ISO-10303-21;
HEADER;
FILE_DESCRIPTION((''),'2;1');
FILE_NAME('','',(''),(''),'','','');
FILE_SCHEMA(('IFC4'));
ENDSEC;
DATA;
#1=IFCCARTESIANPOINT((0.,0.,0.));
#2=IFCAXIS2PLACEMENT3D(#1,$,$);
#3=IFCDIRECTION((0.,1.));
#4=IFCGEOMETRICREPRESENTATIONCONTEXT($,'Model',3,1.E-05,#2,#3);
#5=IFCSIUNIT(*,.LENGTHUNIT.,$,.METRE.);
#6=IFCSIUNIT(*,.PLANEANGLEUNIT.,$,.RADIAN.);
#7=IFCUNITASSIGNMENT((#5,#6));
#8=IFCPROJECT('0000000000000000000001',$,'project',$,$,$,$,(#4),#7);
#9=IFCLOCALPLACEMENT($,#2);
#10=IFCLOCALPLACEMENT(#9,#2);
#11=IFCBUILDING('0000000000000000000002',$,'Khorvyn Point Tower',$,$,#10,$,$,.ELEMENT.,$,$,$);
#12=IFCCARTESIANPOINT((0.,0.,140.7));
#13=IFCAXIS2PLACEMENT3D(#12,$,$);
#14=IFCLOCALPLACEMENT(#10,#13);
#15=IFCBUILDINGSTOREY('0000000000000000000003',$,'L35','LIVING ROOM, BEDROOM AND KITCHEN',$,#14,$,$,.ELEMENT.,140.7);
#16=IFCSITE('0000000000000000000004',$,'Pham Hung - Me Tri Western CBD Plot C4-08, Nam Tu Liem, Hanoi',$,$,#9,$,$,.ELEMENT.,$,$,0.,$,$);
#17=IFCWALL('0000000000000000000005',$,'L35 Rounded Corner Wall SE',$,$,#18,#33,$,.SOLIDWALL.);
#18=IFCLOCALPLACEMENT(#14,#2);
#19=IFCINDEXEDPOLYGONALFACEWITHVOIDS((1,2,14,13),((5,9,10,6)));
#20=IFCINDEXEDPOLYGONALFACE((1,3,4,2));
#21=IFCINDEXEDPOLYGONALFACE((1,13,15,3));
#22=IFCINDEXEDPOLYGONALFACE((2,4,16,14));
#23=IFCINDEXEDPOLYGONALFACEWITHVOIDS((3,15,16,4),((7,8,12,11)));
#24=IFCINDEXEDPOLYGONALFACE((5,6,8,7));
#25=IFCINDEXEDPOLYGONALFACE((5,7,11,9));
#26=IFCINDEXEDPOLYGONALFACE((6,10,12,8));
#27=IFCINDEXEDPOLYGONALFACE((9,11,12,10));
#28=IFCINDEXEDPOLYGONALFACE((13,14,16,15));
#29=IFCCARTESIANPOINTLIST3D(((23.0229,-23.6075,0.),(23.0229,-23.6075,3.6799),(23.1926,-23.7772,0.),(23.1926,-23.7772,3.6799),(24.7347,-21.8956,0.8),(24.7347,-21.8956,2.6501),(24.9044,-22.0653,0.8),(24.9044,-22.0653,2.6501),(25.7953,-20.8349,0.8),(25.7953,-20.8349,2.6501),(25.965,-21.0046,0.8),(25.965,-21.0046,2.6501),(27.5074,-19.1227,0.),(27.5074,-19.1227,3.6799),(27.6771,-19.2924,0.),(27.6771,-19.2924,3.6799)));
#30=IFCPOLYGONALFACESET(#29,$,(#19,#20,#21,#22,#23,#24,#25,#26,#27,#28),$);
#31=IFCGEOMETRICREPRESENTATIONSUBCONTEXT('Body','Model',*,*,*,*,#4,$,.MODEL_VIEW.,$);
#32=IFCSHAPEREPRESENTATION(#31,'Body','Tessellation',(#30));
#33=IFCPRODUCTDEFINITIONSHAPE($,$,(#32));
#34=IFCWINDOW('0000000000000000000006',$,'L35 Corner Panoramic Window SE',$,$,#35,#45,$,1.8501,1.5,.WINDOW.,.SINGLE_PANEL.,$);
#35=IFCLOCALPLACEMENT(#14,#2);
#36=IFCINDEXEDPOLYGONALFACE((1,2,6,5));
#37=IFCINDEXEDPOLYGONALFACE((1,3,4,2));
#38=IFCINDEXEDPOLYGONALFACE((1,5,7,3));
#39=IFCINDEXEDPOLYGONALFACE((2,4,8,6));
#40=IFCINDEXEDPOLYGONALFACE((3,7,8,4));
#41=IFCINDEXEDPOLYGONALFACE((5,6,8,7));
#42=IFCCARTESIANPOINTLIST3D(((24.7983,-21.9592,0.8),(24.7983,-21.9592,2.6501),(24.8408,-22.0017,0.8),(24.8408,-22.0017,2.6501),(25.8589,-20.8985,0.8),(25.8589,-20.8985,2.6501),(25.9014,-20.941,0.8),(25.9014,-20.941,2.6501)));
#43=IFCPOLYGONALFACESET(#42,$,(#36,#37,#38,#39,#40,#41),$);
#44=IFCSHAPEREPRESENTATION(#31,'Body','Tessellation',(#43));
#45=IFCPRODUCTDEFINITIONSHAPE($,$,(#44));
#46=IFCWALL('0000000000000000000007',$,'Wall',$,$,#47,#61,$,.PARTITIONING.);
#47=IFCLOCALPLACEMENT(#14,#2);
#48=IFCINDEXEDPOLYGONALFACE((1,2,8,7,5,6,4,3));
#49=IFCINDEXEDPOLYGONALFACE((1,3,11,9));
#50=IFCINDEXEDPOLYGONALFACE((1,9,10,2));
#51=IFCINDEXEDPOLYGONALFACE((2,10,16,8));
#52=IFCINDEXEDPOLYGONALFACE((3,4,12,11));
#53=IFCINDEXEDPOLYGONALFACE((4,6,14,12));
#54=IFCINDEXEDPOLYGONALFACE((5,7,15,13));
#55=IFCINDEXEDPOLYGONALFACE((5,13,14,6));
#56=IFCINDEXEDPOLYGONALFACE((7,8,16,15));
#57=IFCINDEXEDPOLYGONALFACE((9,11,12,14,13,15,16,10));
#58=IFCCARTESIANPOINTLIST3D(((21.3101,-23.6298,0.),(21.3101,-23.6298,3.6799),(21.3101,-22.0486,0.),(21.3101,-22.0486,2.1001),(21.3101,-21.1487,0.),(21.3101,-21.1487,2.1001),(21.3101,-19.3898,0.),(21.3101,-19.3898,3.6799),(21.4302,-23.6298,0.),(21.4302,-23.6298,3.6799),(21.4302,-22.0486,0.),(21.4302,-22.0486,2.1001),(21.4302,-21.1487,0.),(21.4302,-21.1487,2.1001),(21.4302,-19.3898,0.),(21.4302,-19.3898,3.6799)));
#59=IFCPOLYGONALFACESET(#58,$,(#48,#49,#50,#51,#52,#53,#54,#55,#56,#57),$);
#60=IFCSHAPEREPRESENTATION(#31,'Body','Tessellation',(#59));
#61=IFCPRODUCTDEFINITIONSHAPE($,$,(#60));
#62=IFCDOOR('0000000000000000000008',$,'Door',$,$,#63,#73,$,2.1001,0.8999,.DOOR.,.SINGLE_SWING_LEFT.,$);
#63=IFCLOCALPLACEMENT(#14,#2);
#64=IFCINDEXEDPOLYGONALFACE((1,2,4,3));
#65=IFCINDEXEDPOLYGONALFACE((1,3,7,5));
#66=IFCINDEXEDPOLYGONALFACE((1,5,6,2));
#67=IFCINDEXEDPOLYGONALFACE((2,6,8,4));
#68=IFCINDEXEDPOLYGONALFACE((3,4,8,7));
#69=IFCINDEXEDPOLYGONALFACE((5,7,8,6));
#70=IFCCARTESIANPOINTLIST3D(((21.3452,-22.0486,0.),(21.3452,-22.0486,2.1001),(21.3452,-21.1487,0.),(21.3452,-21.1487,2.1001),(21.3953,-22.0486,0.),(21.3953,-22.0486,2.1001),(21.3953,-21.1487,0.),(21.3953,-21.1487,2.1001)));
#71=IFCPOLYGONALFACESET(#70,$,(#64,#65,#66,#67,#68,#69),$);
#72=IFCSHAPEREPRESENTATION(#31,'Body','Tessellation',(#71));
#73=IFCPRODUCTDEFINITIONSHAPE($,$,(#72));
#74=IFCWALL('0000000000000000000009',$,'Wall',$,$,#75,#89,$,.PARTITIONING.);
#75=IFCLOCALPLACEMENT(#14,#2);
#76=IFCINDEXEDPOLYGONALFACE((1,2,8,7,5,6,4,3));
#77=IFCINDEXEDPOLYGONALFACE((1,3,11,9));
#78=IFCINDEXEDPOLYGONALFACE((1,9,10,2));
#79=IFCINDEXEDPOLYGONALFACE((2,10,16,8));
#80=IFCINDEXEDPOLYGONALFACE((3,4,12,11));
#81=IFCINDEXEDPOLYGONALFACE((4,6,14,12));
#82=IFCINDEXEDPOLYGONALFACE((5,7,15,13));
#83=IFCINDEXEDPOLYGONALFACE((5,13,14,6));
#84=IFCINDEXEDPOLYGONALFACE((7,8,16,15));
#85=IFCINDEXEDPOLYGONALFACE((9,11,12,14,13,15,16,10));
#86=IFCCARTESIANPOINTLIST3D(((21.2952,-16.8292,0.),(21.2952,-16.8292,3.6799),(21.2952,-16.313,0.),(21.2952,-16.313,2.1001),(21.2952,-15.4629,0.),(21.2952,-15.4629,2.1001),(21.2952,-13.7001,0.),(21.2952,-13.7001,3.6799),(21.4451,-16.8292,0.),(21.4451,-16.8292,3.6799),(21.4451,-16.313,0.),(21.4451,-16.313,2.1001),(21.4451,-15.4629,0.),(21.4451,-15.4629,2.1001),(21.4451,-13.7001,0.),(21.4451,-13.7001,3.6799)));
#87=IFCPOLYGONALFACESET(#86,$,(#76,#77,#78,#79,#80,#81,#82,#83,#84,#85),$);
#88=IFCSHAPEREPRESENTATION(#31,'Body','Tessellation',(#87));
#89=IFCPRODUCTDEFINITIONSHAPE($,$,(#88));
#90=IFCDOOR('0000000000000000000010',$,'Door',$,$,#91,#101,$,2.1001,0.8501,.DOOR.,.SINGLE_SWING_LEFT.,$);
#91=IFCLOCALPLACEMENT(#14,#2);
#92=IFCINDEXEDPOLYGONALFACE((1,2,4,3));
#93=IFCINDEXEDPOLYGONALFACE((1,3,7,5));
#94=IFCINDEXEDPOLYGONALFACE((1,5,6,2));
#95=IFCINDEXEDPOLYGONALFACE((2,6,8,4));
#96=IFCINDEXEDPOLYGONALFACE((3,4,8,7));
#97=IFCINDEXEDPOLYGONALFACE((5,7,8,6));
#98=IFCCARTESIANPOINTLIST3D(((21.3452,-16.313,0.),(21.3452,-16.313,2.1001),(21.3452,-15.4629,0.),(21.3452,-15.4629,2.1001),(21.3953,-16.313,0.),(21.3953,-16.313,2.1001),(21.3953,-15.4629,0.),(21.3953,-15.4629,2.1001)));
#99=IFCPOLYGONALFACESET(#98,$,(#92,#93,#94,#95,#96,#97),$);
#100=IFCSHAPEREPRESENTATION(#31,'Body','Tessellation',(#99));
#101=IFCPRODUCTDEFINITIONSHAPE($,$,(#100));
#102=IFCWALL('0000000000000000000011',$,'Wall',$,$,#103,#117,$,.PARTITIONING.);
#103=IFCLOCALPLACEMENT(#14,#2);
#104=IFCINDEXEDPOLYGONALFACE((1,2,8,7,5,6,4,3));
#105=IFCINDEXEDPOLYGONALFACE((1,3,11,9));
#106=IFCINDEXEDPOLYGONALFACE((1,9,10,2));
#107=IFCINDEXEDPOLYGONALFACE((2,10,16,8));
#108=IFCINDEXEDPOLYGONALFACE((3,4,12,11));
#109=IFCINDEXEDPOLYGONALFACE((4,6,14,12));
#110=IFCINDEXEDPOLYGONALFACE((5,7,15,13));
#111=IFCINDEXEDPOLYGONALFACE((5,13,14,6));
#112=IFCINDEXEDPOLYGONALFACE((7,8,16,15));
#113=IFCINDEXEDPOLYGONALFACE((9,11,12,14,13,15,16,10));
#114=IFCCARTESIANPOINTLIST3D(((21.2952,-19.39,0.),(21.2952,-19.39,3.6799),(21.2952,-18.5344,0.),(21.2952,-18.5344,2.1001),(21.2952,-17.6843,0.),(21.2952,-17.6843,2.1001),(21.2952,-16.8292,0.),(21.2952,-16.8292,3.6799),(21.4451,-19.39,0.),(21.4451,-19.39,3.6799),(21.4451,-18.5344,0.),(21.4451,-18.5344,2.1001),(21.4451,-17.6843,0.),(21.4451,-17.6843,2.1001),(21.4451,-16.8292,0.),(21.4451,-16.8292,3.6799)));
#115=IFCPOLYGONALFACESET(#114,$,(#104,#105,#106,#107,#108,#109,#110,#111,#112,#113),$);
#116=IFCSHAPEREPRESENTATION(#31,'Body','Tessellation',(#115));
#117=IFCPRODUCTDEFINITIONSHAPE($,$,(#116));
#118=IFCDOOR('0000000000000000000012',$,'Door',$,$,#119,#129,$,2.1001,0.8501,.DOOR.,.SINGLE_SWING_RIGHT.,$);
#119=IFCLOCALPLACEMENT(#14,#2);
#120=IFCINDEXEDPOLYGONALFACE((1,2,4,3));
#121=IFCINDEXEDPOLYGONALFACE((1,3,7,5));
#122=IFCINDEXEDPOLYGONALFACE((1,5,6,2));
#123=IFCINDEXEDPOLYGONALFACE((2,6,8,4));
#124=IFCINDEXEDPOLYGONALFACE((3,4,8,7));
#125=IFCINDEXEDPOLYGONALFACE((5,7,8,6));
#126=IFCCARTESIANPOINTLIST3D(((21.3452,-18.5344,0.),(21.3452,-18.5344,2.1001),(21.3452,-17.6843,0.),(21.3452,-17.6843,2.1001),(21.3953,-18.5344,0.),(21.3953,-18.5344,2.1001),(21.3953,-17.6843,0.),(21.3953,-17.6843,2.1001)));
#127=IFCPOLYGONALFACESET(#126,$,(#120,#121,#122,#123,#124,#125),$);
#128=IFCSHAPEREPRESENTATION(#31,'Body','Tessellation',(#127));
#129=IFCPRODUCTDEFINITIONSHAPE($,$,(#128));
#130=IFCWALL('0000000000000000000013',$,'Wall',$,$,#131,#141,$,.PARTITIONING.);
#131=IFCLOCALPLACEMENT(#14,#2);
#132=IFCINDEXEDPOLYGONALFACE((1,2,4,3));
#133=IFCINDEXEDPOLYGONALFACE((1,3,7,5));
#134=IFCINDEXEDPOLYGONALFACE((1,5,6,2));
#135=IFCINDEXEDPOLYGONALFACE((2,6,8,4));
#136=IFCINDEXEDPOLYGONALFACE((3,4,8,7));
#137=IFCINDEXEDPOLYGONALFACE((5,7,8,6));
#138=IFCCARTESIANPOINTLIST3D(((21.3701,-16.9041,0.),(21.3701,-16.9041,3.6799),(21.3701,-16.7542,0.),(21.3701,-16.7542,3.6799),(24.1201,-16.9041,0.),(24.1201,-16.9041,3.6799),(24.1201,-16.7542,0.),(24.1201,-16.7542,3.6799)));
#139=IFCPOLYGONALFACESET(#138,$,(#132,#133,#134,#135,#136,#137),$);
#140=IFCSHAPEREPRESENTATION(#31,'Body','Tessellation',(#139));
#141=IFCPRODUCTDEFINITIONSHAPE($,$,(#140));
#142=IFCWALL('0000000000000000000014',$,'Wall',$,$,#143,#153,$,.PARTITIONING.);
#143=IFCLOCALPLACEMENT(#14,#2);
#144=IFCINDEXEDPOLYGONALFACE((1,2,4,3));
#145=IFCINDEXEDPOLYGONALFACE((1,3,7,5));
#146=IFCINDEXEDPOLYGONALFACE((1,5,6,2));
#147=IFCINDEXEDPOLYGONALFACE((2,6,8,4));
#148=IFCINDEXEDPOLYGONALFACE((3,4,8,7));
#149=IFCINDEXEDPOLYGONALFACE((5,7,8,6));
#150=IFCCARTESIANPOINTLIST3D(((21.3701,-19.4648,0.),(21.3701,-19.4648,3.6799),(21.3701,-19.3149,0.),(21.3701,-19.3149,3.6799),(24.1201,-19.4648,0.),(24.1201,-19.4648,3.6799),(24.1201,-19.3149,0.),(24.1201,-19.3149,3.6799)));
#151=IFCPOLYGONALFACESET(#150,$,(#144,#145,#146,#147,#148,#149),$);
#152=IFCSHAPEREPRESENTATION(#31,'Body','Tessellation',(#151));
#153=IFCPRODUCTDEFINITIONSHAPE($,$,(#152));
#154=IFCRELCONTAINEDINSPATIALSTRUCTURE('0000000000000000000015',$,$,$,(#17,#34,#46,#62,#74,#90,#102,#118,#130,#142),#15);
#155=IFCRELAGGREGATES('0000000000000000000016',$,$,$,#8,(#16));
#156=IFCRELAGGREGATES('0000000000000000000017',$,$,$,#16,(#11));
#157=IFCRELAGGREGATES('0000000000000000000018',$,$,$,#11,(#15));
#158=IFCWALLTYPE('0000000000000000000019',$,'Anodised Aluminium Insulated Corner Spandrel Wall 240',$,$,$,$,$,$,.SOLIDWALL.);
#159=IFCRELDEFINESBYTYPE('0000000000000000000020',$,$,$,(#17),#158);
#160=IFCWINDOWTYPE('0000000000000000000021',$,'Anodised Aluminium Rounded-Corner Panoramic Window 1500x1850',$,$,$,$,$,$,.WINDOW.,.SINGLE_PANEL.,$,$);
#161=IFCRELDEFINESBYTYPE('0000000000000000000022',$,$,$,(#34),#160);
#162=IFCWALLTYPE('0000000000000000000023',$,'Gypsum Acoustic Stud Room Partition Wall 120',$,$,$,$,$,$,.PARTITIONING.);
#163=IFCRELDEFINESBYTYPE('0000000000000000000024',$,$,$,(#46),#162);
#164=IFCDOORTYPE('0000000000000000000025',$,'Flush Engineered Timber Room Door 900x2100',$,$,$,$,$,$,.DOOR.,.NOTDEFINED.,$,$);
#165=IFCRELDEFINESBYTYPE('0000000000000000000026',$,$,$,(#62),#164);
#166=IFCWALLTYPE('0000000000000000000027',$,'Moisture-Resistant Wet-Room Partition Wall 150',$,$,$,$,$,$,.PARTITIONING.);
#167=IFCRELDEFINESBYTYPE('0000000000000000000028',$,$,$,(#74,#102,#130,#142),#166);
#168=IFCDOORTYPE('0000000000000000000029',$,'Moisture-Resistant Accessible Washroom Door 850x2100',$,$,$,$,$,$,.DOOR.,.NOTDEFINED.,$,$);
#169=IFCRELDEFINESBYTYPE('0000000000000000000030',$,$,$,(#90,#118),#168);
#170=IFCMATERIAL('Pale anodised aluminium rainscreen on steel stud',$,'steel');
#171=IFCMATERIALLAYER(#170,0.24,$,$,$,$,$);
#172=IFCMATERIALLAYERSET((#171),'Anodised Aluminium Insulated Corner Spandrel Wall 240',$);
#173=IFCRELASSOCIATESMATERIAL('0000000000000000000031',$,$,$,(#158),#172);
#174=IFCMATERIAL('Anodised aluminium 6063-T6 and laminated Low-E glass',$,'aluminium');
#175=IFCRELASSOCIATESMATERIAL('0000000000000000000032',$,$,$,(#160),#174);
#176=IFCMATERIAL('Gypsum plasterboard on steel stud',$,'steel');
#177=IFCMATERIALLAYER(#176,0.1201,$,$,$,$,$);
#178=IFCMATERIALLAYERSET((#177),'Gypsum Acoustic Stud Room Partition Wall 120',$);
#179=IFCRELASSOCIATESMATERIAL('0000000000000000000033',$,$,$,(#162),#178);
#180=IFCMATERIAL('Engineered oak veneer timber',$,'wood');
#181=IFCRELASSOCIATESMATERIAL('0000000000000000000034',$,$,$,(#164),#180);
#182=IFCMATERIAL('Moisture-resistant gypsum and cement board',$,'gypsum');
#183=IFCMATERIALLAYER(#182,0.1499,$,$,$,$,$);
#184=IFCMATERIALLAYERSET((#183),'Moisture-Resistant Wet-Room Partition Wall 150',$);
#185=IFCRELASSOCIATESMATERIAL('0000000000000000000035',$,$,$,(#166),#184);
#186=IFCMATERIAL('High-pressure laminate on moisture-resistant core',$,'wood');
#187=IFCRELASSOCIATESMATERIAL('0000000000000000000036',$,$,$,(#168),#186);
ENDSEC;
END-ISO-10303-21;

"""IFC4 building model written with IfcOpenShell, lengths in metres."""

from ifc_helpers import new_model, si_unit, direction, frame, frame_2d, origin, place, context, subcontext, project, spatial, rectangle, extrude, material, layer, layer_set, type_object, element, fill, save


model = new_model("IFC4")

# Units and contexts
model_context = context("Model", 3, precision=1e-05, world=origin(), true_north=direction((0.0, 1.0)))
body_context = subcontext(model_context, "Body", "Model", "MODEL_VIEW")
ifc_project = project(units=[si_unit("LENGTHUNIT", "METRE"), si_unit("PLANEANGLEUNIT", "RADIAN")], contexts=[model_context])

# Site, building, storey
site_placement = place(None, origin())
site = spatial("IfcSite", under=ifc_project, at=site_placement, Name="Pham Hung - Me Tri Western CBD Plot C4-08, Nam Tu Liem, Hanoi", CompositionType="ELEMENT", RefElevation=0.0)
building_placement = place(site_placement, origin())
building = spatial("IfcBuilding", under=site, at=building_placement, Name="Khorvyn Point Tower", CompositionType="ELEMENT")
storey_placement = place(building_placement, frame((0.0, 0.0, 140.7)))
storey = spatial("IfcBuildingStorey", under=building, at=storey_placement, Name="L35", Description="LIVING ROOM, BEDROOM AND KITCHEN", CompositionType="ELEMENT", Elevation=140.7)

# Shared definitions
ifc_material_1 = material(Name="Anodised aluminium 6063-T6 and laminated Low-E glass", Category="aluminium")

# Wall, opening, window
ifc_material_2 = material(Name="Pale anodised aluminium rainscreen on steel stud", Category="steel")
ifc_layer_1 = layer(ifc_material_2, 0.24)
ifc_layer_set_1 = layer_set([ifc_layer_1], Name="Anodised Aluminium Insulated Corner Spandrel Wall 240")
wall_type_1 = type_object("IfcWallType", Name="Anodised Aluminium Insulated Corner Spandrel Wall 240", PredefinedType="SOLIDWALL", material=ifc_layer_set_1)
wall_1_placement = place(storey_placement, frame((27.5923, -19.2075, 0.0), z_axis=(0.0, 0.0, 1.0), x_axis=(-0.707088, -0.707126, 0.0)))
wall_1 = element("IfcWall", 1, at=wall_1_placement, inside=storey, type_object=wall_type_1, Name="L35 Rounded Corner Wall SE", PredefinedType="SOLIDWALL", context=body_context, shape_type="SweptSolid", body=[
    extrude(rectangle(XDim=6.3423, YDim=0.24, at=frame_2d((3.1711, 0.0))), origin(), (0.0, 0.0, 1.0), 3.6799),
])
opening_1_placement = place(wall_1_placement, frame((2.4214, 0.0, 0.8)))
opening_1 = element("IfcOpeningElement", 2, at=opening_1_placement, cuts=wall_1, PredefinedType="OPENING", context=body_context, shape_type="SweptSolid", body=[
    extrude(rectangle(XDim=1.5, YDim=1.8501, at=frame_2d((0.75, 0.925))), frame((0.0, 0.1299, 0.0), z_axis=(0.0, -1.0, 0.0), x_axis=(1.0, 0.0, 0.0)), (0.0, 0.0, 1.0), 0.26),
])
window_type = type_object("IfcWindowType", Name="Anodised Aluminium Rounded-Corner Panoramic Window 1500x1850", PartitioningType="SINGLE_PANEL", PredefinedType="WINDOW", material=ifc_material_1)
window_placement = place(opening_1_placement, origin())
window = element("IfcWindow", 3, at=window_placement, inside=storey, type_object=window_type, Name="L35 Corner Panoramic Window SE", OverallHeight=1.8501, OverallWidth=1.5, PartitioningType="SINGLE_PANEL", PredefinedType="WINDOW", context=body_context, shape_type="SweptSolid", body=[
    extrude(rectangle(XDim=1.5, YDim=1.8501, at=frame_2d((0.75, 0.925))), frame((0.0, 0.03, 0.0), z_axis=(0.0, -1.0, 0.0), x_axis=(1.0, 0.0, 0.0)), (0.0, 0.0, 1.0), 0.0601),
])
fill(opening_1, window)

# Walls, openings, doors
ifc_material_3 = material(Name="Gypsum plasterboard on steel stud", Category="steel")
ifc_layer_2 = layer(ifc_material_3, 0.1201)
ifc_layer_set_2 = layer_set([ifc_layer_2], Name="Gypsum Acoustic Stud Room Partition Wall 120")
wall_type_2 = type_object("IfcWallType", Name="Gypsum Acoustic Stud Room Partition Wall 120", PredefinedType="PARTITIONING", material=ifc_layer_set_2)
wall_2_placement = place(storey_placement, frame((21.3701, -23.6299, 0.0), z_axis=(0.0, 0.0, 1.0), x_axis=(0.0, 1.0, 0.0)))
wall_2 = element("IfcWall", 4, at=wall_2_placement, inside=storey, type_object=wall_type_2, Name="Wall", PredefinedType="PARTITIONING", context=body_context, shape_type="SweptSolid", body=[
    extrude(rectangle(XDim=4.24, YDim=0.1201, at=frame_2d((2.1201, 0.0))), origin(), (0.0, 0.0, 1.0), 3.6799),
])
opening_2_placement = place(wall_2_placement, frame((1.5813, 0.0, 0.0)))
opening_2 = element("IfcOpeningElement", 5, at=opening_2_placement, cuts=wall_2, PredefinedType="OPENING", context=body_context, shape_type="SweptSolid", body=[
    extrude(rectangle(XDim=0.8999, YDim=2.1001, at=frame_2d((0.45, 1.05))), frame((0.0, 0.0701, 0.0), z_axis=(0.0, -1.0, 0.0), x_axis=(1.0, 0.0, 0.0)), (0.0, 0.0, 1.0), 0.1401),
])
ifc_material_4 = material(Name="Engineered oak veneer timber", Category="wood")
door_type_1 = type_object("IfcDoorType", Name="Flush Engineered Timber Room Door 900x2100", OperationType="NOTDEFINED", PredefinedType="DOOR", material=ifc_material_4)
door_1_placement = place(opening_2_placement, origin())
door_1 = element("IfcDoor", 6, at=door_1_placement, inside=storey, type_object=door_type_1, Name="Door", OperationType="SINGLE_SWING_LEFT", OverallHeight=2.1001, OverallWidth=0.8999, PredefinedType="DOOR", context=body_context, shape_type="SweptSolid", body=[
    extrude(rectangle(XDim=0.8999, YDim=2.1001, at=frame_2d((0.45, 1.05))), frame((0.0, 0.0249, 0.0), z_axis=(0.0, -1.0, 0.0), x_axis=(1.0, 0.0, 0.0)), (0.0, 0.0, 1.0), 0.05),
])
fill(opening_2, door_1)
ifc_material_5 = material(Name="Moisture-resistant gypsum and cement board", Category="gypsum")
ifc_layer_3 = layer(ifc_material_5, 0.1499)
ifc_layer_set_3 = layer_set([ifc_layer_3], Name="Moisture-Resistant Wet-Room Partition Wall 150")
wall_type_3 = type_object("IfcWallType", Name="Moisture-Resistant Wet-Room Partition Wall 150", PredefinedType="PARTITIONING", material=ifc_layer_set_3)
wall_3_placement = place(storey_placement, frame((21.3701, -16.8291, 0.0), z_axis=(0.0, 0.0, 1.0), x_axis=(0.0, 1.0, 0.0)))
wall_3 = element("IfcWall", 7, at=wall_3_placement, inside=storey, type_object=wall_type_3, Name="Wall", PredefinedType="PARTITIONING", context=body_context, shape_type="SweptSolid", body=[
    extrude(rectangle(XDim=3.1292, YDim=0.1499, at=frame_2d((1.5645, 0.0))), origin(), (0.0, 0.0, 1.0), 3.6799),
])
opening_3_placement = place(wall_3_placement, frame((0.5161, 0.0, 0.0)))
opening_3 = element("IfcOpeningElement", 8, at=opening_3_placement, cuts=wall_3, PredefinedType="OPENING", context=body_context, shape_type="SweptSolid", body=[
    extrude(rectangle(XDim=0.8501, YDim=2.1001, at=frame_2d((0.425, 1.05))), frame((0.0, 0.085, 0.0), z_axis=(0.0, -1.0, 0.0), x_axis=(1.0, 0.0, 0.0)), (0.0, 0.0, 1.0), 0.1699),
])
ifc_material_6 = material(Name="High-pressure laminate on moisture-resistant core", Category="wood")
door_type_2 = type_object("IfcDoorType", Name="Moisture-Resistant Accessible Washroom Door 850x2100", OperationType="NOTDEFINED", PredefinedType="DOOR", material=ifc_material_6)
door_2_placement = place(opening_3_placement, origin())
door_2 = element("IfcDoor", 9, at=door_2_placement, inside=storey, type_object=door_type_2, Name="Door", OperationType="SINGLE_SWING_LEFT", OverallHeight=2.1001, OverallWidth=0.8501, PredefinedType="DOOR", context=body_context, shape_type="SweptSolid", body=[
    extrude(rectangle(XDim=0.8501, YDim=2.1001, at=frame_2d((0.425, 1.05))), frame((0.0, 0.0249, 0.0), z_axis=(0.0, -1.0, 0.0), x_axis=(1.0, 0.0, 0.0)), (0.0, 0.0, 1.0), 0.05),
])
fill(opening_3, door_2)
wall_4_placement = place(storey_placement, frame((21.3701, -19.3899, 0.0), z_axis=(0.0, 0.0, 1.0), x_axis=(0.0, 1.0, 0.0)))
wall_4 = element("IfcWall", 10, at=wall_4_placement, inside=storey, type_object=wall_type_3, Name="Wall", PredefinedType="PARTITIONING", context=body_context, shape_type="SweptSolid", body=[
    extrude(rectangle(XDim=2.5608, YDim=0.1499, at=frame_2d((1.2803, 0.0))), origin(), (0.0, 0.0, 1.0), 3.6799),
])
opening_4_placement = place(wall_4_placement, frame((0.8555, 0.0, 0.0)))
opening_4 = element("IfcOpeningElement", 11, at=opening_4_placement, cuts=wall_4, PredefinedType="OPENING", context=body_context, shape_type="SweptSolid", body=[
    extrude(rectangle(XDim=0.8501, YDim=2.1001, at=frame_2d((0.425, 1.05))), frame((0.0, 0.085, 0.0), z_axis=(0.0, -1.0, 0.0), x_axis=(1.0, 0.0, 0.0)), (0.0, 0.0, 1.0), 0.1699),
])
door_3_placement = place(opening_4_placement, origin())
door_3 = element("IfcDoor", 12, at=door_3_placement, inside=storey, type_object=door_type_2, Name="Door", OperationType="SINGLE_SWING_RIGHT", OverallHeight=2.1001, OverallWidth=0.8501, PredefinedType="DOOR", context=body_context, shape_type="SweptSolid", body=[
    extrude(rectangle(XDim=0.8501, YDim=2.1001, at=frame_2d((0.425, 1.05))), frame((0.0, 0.0249, 0.0), z_axis=(0.0, -1.0, 0.0), x_axis=(1.0, 0.0, 0.0)), (0.0, 0.0, 1.0), 0.05),
])
fill(opening_4, door_3)

# Walls
for number, where, z_axis, x_axis, name in (
    (13, (21.3701, -16.8291, 0.0), (0.0, 0.0, 1.0), (1.0, 0.0, 0.0), "Wall"),
    (14, (21.3701, -19.3899, 0.0), (0.0, 0.0, 1.0), (1.0, 0.0, 0.0), "Wall"),
):
    element("IfcWall", number, at=place(storey_placement, frame(where, z_axis=z_axis, x_axis=x_axis)), inside=storey, type_object=wall_type_3, Name=name, PredefinedType="PARTITIONING", context=body_context, shape_type="SweptSolid", body=[
        extrude(rectangle(XDim=2.75, YDim=0.1499, at=frame_2d((1.375, 0.0))), origin(), (0.0, 0.0, 1.0), 3.6799),
    ])

save(model, "model.ifc")
